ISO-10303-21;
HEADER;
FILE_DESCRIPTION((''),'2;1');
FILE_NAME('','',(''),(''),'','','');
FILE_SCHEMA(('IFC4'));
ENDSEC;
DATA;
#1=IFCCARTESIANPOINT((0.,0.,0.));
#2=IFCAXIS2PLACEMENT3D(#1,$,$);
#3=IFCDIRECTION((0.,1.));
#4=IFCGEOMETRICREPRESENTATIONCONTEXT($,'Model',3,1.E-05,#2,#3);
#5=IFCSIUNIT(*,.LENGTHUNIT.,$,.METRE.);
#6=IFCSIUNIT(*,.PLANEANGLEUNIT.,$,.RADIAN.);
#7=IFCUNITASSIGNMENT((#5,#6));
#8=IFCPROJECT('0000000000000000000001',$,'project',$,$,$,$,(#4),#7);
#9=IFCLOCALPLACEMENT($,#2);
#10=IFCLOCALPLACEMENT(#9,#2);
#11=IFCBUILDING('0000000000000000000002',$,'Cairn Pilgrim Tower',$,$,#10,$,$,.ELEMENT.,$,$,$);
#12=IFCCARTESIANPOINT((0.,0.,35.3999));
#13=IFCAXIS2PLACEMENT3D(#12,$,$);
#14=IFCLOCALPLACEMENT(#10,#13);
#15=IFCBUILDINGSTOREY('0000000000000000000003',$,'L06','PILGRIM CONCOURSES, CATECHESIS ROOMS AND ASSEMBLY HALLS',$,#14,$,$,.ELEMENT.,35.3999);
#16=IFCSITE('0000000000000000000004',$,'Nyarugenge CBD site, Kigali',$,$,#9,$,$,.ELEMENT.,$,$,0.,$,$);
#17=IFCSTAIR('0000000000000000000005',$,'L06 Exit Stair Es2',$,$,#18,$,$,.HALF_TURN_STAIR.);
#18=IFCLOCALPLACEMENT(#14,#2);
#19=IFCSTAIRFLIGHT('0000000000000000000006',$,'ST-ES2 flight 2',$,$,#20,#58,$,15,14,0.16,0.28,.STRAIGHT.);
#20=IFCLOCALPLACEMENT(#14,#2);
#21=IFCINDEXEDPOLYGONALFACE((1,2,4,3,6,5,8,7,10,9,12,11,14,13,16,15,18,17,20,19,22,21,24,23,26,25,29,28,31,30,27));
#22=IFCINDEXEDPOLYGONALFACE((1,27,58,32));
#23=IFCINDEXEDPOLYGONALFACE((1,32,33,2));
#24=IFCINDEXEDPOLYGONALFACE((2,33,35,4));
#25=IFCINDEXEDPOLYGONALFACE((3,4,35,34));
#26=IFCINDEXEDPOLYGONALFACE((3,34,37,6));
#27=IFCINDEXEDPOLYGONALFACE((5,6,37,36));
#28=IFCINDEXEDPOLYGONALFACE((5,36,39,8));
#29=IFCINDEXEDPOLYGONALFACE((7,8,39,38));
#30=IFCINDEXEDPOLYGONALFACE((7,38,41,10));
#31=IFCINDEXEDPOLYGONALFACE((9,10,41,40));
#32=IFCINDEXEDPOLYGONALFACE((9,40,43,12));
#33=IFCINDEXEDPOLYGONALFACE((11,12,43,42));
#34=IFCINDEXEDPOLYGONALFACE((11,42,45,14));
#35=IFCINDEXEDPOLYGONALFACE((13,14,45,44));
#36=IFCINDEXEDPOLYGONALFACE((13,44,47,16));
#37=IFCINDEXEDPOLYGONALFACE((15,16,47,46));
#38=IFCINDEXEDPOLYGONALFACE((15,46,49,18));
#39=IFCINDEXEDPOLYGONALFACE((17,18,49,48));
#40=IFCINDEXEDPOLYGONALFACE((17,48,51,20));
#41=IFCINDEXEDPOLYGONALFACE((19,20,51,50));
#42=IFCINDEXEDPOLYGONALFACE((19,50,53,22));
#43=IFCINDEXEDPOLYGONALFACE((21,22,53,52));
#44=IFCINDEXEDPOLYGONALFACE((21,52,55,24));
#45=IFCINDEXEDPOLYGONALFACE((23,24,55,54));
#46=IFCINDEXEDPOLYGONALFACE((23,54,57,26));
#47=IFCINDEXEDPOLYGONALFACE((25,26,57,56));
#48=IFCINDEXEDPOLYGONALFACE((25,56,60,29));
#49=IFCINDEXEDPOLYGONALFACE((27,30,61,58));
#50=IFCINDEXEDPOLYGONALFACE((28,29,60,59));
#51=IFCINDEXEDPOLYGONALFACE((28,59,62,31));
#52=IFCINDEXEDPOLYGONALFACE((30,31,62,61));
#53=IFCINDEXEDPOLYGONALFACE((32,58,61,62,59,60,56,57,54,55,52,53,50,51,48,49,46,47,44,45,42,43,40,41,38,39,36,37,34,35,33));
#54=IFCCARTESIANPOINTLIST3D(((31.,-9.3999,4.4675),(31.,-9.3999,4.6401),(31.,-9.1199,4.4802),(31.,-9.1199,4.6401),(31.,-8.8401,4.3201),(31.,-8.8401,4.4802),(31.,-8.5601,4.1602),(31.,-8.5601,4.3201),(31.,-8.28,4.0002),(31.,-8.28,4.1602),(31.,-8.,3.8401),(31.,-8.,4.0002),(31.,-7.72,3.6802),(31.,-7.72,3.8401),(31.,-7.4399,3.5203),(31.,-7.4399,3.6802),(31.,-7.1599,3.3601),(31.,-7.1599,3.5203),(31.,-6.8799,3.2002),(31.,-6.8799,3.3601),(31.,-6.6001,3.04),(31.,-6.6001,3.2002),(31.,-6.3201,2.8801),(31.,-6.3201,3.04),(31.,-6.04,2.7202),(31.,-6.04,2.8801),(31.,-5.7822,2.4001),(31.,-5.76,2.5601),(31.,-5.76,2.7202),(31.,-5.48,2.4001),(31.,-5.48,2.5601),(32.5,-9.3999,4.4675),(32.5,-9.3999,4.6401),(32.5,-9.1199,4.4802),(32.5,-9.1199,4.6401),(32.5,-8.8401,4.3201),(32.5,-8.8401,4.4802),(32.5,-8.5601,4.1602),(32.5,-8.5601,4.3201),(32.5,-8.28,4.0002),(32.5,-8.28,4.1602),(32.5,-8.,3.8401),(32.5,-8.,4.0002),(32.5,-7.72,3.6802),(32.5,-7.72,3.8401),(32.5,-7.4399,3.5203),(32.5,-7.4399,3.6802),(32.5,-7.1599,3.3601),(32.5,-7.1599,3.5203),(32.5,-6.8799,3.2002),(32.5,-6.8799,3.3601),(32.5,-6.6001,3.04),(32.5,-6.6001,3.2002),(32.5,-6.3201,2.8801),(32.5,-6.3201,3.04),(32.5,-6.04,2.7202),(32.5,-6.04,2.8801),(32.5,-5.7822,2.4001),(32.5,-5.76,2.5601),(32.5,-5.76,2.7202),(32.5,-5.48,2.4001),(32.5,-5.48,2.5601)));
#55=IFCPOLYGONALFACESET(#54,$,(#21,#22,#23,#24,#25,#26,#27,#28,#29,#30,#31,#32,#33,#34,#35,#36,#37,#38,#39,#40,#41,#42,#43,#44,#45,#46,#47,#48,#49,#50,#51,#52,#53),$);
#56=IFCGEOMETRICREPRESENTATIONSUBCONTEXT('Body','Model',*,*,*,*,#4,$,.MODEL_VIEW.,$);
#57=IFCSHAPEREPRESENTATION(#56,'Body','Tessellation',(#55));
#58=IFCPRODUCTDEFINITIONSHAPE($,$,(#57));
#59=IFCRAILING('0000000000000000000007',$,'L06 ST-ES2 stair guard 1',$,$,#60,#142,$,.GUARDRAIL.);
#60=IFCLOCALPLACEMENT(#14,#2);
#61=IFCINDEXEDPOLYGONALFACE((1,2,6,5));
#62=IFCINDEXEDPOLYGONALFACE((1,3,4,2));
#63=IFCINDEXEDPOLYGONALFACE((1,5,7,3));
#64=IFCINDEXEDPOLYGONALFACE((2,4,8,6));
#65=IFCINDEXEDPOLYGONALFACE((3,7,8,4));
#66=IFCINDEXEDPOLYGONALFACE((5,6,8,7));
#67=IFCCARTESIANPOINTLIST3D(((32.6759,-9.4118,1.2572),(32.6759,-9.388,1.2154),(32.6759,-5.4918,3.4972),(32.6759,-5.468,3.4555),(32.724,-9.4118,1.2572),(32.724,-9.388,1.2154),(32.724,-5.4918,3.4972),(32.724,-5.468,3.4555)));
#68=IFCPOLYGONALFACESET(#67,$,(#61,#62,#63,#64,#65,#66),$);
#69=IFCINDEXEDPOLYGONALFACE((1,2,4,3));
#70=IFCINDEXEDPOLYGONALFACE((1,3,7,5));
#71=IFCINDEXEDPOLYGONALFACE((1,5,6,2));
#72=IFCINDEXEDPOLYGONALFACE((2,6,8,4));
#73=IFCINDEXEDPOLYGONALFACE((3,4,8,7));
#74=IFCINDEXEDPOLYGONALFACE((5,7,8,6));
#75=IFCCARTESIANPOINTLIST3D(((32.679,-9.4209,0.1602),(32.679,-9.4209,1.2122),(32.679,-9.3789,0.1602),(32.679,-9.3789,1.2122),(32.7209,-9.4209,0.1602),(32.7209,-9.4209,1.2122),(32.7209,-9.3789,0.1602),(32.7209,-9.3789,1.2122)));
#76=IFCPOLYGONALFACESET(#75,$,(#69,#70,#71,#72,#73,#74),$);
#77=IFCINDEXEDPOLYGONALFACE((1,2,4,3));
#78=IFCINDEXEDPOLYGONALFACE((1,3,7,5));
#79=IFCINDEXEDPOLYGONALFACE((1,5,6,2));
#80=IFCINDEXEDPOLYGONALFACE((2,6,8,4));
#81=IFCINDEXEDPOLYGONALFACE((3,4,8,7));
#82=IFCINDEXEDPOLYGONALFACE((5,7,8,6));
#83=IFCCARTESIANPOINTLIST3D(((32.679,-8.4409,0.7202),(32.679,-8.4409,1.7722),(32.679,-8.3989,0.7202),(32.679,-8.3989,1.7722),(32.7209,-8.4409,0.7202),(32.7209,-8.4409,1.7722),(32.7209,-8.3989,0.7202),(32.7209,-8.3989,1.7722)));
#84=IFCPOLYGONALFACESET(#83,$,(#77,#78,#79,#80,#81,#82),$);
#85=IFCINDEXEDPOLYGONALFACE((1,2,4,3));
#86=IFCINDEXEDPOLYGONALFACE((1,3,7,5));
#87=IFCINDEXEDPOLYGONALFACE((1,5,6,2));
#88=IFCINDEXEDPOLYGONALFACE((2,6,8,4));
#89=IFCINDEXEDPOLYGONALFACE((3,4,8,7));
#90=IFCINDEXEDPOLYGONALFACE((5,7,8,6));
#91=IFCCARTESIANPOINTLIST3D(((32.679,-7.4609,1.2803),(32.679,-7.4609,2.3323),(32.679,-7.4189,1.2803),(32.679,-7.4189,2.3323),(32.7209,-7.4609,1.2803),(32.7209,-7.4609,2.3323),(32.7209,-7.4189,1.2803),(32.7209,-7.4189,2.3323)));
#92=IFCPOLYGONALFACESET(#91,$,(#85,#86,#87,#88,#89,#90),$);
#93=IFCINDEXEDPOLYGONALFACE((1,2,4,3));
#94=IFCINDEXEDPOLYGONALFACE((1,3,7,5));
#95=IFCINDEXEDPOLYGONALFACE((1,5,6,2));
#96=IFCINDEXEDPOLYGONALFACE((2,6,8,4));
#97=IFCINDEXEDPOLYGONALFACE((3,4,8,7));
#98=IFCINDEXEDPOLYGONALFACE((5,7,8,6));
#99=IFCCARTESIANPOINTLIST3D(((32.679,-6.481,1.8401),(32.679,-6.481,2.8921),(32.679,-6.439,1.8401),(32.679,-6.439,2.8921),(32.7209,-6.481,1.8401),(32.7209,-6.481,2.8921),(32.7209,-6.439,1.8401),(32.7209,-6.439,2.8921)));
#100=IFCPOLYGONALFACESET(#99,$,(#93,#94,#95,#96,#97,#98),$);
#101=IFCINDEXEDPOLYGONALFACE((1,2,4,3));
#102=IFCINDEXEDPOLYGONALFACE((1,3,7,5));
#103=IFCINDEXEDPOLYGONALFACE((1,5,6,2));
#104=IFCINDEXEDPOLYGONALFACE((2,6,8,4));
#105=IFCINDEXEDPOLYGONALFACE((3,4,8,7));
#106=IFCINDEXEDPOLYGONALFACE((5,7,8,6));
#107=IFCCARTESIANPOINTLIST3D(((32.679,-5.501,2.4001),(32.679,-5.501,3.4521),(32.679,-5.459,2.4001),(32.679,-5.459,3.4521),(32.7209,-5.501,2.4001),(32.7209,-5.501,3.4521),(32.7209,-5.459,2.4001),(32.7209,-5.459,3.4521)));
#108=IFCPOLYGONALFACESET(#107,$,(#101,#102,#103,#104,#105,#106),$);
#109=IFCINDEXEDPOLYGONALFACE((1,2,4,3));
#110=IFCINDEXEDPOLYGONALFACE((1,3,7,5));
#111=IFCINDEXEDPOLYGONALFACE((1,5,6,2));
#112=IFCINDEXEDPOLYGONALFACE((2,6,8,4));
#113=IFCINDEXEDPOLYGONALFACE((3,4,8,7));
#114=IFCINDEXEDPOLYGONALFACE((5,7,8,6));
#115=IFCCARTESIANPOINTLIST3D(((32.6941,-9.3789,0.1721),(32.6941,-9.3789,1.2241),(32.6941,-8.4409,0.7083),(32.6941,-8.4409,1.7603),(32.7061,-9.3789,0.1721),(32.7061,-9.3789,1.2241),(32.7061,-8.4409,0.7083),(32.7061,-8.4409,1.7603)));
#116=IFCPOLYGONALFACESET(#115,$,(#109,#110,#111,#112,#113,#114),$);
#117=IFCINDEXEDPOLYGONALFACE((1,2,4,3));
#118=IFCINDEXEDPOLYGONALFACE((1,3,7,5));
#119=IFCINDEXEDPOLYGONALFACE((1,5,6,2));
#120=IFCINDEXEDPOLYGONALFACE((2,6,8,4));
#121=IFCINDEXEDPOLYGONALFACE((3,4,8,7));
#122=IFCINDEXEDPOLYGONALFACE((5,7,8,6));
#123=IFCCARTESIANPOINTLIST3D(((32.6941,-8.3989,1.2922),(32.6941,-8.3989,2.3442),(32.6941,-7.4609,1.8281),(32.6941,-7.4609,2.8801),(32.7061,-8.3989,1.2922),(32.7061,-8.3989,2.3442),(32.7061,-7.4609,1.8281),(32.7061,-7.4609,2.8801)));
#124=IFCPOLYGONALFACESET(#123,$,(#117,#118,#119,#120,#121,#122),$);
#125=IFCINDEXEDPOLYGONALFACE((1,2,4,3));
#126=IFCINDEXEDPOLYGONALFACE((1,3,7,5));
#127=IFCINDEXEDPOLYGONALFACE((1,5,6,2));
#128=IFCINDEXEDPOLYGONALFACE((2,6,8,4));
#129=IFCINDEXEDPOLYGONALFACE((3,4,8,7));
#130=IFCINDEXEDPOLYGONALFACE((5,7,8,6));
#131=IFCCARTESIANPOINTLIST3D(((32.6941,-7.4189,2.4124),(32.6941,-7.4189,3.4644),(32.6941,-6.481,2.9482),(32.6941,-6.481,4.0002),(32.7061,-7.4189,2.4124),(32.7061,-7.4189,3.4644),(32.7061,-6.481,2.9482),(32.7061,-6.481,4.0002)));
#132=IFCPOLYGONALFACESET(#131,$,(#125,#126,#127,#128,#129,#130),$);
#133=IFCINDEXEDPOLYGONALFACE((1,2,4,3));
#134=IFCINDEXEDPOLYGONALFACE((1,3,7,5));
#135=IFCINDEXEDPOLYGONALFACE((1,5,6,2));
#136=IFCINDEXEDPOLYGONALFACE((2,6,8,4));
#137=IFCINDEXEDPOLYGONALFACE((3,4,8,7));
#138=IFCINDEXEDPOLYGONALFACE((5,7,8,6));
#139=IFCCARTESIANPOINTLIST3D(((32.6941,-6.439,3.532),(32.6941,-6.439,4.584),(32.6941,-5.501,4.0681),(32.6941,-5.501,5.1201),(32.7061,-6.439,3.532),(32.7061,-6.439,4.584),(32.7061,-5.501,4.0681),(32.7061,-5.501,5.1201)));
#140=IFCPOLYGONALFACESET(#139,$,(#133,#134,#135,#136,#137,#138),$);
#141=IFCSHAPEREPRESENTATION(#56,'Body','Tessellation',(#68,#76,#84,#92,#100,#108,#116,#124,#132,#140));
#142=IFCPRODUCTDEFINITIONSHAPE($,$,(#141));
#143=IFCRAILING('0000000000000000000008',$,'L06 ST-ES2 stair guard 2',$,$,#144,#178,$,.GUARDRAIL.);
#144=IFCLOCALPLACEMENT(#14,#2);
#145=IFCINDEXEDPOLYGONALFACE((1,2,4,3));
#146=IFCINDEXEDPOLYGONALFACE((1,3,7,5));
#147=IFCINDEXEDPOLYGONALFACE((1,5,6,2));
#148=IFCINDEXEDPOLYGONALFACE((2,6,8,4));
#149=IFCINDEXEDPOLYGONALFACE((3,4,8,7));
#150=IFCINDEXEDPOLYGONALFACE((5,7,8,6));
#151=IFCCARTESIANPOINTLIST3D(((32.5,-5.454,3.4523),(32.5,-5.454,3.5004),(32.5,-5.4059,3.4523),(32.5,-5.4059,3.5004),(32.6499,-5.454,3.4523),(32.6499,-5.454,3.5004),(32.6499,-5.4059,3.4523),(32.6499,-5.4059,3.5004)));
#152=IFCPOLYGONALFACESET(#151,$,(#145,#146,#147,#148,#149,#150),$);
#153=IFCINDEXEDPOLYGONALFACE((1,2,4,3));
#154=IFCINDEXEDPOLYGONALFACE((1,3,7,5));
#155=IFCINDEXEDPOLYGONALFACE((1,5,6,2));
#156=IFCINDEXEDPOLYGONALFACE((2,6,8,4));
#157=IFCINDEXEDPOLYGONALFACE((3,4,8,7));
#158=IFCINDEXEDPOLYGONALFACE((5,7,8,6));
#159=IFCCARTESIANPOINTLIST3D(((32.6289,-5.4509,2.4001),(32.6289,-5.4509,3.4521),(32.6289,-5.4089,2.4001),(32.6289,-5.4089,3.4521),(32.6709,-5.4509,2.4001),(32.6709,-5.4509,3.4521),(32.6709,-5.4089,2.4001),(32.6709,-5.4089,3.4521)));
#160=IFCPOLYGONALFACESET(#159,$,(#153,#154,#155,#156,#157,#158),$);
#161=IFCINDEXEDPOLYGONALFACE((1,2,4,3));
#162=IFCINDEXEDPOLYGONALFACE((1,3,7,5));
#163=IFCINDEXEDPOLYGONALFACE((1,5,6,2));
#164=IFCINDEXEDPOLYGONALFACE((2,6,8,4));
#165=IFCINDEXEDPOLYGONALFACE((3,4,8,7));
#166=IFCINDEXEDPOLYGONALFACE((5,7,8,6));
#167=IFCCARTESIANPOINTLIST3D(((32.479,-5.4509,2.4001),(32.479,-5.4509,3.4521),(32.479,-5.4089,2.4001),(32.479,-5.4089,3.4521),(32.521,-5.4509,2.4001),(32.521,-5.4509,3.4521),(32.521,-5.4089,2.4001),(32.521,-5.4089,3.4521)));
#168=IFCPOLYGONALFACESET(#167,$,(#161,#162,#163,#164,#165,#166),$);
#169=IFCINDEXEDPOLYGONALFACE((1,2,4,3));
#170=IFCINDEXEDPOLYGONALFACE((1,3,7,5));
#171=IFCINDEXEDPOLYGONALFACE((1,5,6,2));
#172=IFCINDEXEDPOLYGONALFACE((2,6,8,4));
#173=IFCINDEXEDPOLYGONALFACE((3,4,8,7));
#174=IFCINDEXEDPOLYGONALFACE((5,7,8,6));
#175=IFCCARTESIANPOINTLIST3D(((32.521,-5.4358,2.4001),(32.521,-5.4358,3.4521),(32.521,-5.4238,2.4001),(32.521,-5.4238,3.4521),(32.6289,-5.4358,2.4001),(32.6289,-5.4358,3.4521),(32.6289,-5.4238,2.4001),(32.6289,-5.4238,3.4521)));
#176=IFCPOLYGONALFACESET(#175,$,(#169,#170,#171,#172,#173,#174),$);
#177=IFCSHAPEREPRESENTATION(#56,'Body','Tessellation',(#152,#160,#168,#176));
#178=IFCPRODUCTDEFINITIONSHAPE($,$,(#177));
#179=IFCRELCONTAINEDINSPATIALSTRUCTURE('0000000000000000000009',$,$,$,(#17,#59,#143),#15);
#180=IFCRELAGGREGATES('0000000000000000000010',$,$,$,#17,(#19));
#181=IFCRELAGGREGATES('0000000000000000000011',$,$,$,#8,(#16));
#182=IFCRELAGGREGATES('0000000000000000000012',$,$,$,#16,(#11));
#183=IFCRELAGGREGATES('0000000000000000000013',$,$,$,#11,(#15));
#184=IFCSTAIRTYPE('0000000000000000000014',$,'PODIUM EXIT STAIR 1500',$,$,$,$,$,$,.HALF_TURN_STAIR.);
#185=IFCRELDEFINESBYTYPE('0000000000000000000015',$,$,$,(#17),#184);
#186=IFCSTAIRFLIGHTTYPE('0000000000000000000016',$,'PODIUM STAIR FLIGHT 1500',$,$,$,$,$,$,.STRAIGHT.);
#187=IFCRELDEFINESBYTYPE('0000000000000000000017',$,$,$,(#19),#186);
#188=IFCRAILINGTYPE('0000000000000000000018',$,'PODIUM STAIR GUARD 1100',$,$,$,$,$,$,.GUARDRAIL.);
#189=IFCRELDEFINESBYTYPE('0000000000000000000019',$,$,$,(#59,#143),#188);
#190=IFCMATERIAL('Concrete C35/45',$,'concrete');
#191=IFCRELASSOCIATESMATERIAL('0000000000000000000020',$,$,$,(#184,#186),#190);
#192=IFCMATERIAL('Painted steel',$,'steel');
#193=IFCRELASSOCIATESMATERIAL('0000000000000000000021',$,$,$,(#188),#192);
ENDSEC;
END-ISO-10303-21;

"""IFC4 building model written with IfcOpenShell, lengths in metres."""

from ifc_helpers import new_model, si_unit, direction, frame, origin, origin_2d, place, context, subcontext, project, spatial, polyline, rectangle, outline, extrude, material, type_object, element, aggregate, save


model = new_model("IFC4")

# Units and contexts
model_context = context("Model", 3, precision=1e-05, world=origin(), true_north=direction((0.0, 1.0)))
body_context = subcontext(model_context, "Body", "Model", "MODEL_VIEW")
ifc_project = project(units=[si_unit("LENGTHUNIT", "METRE"), si_unit("PLANEANGLEUNIT", "RADIAN")], contexts=[model_context])

# Site, building, storey
site_placement = place(None, origin())
site = spatial("IfcSite", under=ifc_project, at=site_placement, Name="Nyarugenge CBD site, Kigali", CompositionType="ELEMENT", RefElevation=0.0)
building_placement = place(site_placement, origin())
building = spatial("IfcBuilding", under=site, at=building_placement, Name="Cairn Pilgrim Tower", CompositionType="ELEMENT")
storey_placement = place(building_placement, frame((0.0, 0.0, 35.3999)))
storey = spatial("IfcBuildingStorey", under=building, at=storey_placement, Name="L06", Description="PILGRIM CONCOURSES, CATECHESIS ROOMS AND ASSEMBLY HALLS", CompositionType="ELEMENT", Elevation=35.3999)

# Shared definitions
ifc_material_1 = material(Name="Concrete C35/45", Category="concrete")

# Stair, stair flight
stair_type = type_object("IfcStairType", Name="PODIUM EXIT STAIR 1500", PredefinedType="HALF_TURN_STAIR", material=ifc_material_1)
stair_placement = place(storey_placement, origin())
stair = element("IfcStair", 1, at=stair_placement, inside=storey, type_object=stair_type, Name="L06 Exit Stair Es2", PredefinedType="HALF_TURN_STAIR")
stair_flight_type = type_object("IfcStairFlightType", Name="PODIUM STAIR FLIGHT 1500", PredefinedType="STRAIGHT", material=ifc_material_1)
stair_flight_1_placement = place(storey_placement, frame((31.75, -5.48, 2.4001), z_axis=(0.0, 0.0, 1.0), x_axis=(0.0, -1.0, 0.0)))
stair_flight_1 = element("IfcStairFlight", 2, at=stair_flight_1_placement, type_object=stair_flight_type, Name="ST-ES2 flight 2", NumberOfRisers=15, NumberOfTreads=14, PredefinedType="STRAIGHT", RiserHeight=0.16, TreadLength=0.28, context=body_context, shape_type="SweptSolid", body=[
    extrude(outline(polyline([(0.0, 0.0), (0.0, 0.1599), (0.28, 0.1599), (0.28, 0.3201), (0.5601, 0.3201), (0.5601, 0.48), (0.8401, 0.48), (0.8401, 0.6399), (1.1201, 0.6399), (1.1201, 0.8), (1.3999, 0.8), (1.3999, 0.96), (1.6799, 0.96), (1.6799, 1.1201), (1.96, 1.1201), (1.96, 1.28), (2.24, 1.28), (2.24, 1.4399), (2.52, 1.4399), (2.52, 1.6001), (2.8, 1.6001), (2.8, 1.76), (3.0801, 1.76), (3.0801, 1.9199), (3.3601, 1.9199), (3.3601, 2.0801), (3.6399, 2.0801), (3.6399, 2.24), (3.9199, 2.24), (3.9199, 2.3999), (3.9199, 2.0674), (0.3022, 0.0), (0.0, 0.0)])), frame((0.0, 0.75, 0.0), z_axis=(0.0, -1.0, 0.0), x_axis=(1.0, 0.0, 0.0)), (0.0, 0.0, 1.0), 1.5),
])
aggregate(stair, [stair_flight_1])

# Railings
ifc_material_2 = material(Name="Painted steel", Category="steel")
railing_type_1 = type_object("IfcRailingType", Name="PODIUM STAIR GUARD 1100", PredefinedType="GUARDRAIL", material=ifc_material_2)
railing_1_placement = place(storey_placement, frame((32.7, -9.3999, 0.1602)))
element("IfcRailing", 3, at=railing_1_placement, inside=storey, type_object=railing_type_1, Name="L06 ST-ES2 stair guard 1", PredefinedType="GUARDRAIL", context=body_context, shape_type="SweptSolid", body=[
    extrude(rectangle(XDim=0.0481, YDim=0.0481, at=origin_2d()), frame((0.0, 0.0, 1.0762), z_axis=(0.0, 0.86824, 0.496145), x_axis=(-1.0, 0.0, 0.0)), (0.0, 0.0, 1.0), 4.5149),
    extrude(rectangle(XDim=0.042, YDim=0.042, at=origin_2d()), origin(), (0.0, 0.0, 1.0), 1.052),
    extrude(rectangle(XDim=0.042, YDim=0.042, at=origin_2d()), frame((0.0, 0.98, 0.5601)), (0.0, 0.0, 1.0), 1.052),
    extrude(rectangle(XDim=0.042, YDim=0.042, at=origin_2d()), frame((0.0, 1.96, 1.1201)), (0.0, 0.0, 1.0), 1.052),
    extrude(rectangle(XDim=0.042, YDim=0.042, at=origin_2d()), frame((0.0, 2.9399, 1.6799)), (0.0, 0.0, 1.0), 1.052),
    extrude(rectangle(XDim=0.042, YDim=0.042, at=origin_2d()), frame((0.0, 3.9199, 2.24)), (0.0, 0.0, 1.0), 1.052),
    extrude(outline(polyline([(0.021, 0.012), (0.959, 0.5481), (0.959, 1.6001), (0.021, 1.064), (0.021, 0.012)])), frame((-0.0059, 0.0, 0.0), z_axis=(1.0, 0.0, 0.0), x_axis=(0.0, 1.0, 0.0)), (0.0, 0.0, 1.0), 0.012),
    extrude(outline(polyline([(0.021, 0.572), (0.959, 1.1079), (0.959, 2.1599), (0.021, 1.624), (0.021, 0.572)])), frame((-0.0059, 0.98, 0.5601), z_axis=(1.0, 0.0, 0.0), x_axis=(0.0, 1.0, 0.0)), (0.0, 0.0, 1.0), 0.012),
    extrude(outline(polyline([(0.021, 1.1321), (0.959, 1.668), (0.959, 2.72), (0.021, 2.1841), (0.021, 1.1321)])), frame((-0.0059, 1.96, 1.1201), z_axis=(1.0, 0.0, 0.0), x_axis=(0.0, 1.0, 0.0)), (0.0, 0.0, 1.0), 0.012),
    extrude(outline(polyline([(0.021, 1.6919), (0.959, 2.228), (0.959, 3.28), (0.021, 2.7439), (0.021, 1.6919)])), frame((-0.0059, 2.9399, 1.6799), z_axis=(1.0, 0.0, 0.0), x_axis=(0.0, 1.0, 0.0)), (0.0, 0.0, 1.0), 0.012),
])
railing_2_placement = place(storey_placement, frame((32.6499, -5.4299, 2.4001)))
element("IfcRailing", 4, at=railing_2_placement, inside=storey, type_object=railing_type_1, Name="L06 ST-ES2 stair guard 2", PredefinedType="GUARDRAIL", context=body_context, shape_type="SweptSolid", body=[
    extrude(rectangle(XDim=0.0481, YDim=0.0481, at=origin_2d()), frame((0.0, 0.0, 1.0762), z_axis=(-1.0, 0.0, 0.0), x_axis=(0.0, -1.0, 0.0)), (0.0, 0.0, 1.0), 0.1499),
    extrude(rectangle(XDim=0.042, YDim=0.042, at=origin_2d()), origin(), (0.0, 0.0, 1.0), 1.052),
    extrude(rectangle(XDim=0.042, YDim=0.042, at=origin_2d()), frame((-0.1499, 0.0, 0.0)), (0.0, 0.0, 1.0), 1.052),
    extrude(outline(polyline([(0.021, 0.0), (0.1289, 0.0), (0.1289, 1.052), (0.021, 1.052), (0.021, 0.0)])), frame((0.0, -0.0059, 0.0), z_axis=(0.0, 1.0, 0.0), x_axis=(-1.0, 0.0, 0.0)), (0.0, 0.0, 1.0), 0.012),
])

save(model, "model.ifc")
